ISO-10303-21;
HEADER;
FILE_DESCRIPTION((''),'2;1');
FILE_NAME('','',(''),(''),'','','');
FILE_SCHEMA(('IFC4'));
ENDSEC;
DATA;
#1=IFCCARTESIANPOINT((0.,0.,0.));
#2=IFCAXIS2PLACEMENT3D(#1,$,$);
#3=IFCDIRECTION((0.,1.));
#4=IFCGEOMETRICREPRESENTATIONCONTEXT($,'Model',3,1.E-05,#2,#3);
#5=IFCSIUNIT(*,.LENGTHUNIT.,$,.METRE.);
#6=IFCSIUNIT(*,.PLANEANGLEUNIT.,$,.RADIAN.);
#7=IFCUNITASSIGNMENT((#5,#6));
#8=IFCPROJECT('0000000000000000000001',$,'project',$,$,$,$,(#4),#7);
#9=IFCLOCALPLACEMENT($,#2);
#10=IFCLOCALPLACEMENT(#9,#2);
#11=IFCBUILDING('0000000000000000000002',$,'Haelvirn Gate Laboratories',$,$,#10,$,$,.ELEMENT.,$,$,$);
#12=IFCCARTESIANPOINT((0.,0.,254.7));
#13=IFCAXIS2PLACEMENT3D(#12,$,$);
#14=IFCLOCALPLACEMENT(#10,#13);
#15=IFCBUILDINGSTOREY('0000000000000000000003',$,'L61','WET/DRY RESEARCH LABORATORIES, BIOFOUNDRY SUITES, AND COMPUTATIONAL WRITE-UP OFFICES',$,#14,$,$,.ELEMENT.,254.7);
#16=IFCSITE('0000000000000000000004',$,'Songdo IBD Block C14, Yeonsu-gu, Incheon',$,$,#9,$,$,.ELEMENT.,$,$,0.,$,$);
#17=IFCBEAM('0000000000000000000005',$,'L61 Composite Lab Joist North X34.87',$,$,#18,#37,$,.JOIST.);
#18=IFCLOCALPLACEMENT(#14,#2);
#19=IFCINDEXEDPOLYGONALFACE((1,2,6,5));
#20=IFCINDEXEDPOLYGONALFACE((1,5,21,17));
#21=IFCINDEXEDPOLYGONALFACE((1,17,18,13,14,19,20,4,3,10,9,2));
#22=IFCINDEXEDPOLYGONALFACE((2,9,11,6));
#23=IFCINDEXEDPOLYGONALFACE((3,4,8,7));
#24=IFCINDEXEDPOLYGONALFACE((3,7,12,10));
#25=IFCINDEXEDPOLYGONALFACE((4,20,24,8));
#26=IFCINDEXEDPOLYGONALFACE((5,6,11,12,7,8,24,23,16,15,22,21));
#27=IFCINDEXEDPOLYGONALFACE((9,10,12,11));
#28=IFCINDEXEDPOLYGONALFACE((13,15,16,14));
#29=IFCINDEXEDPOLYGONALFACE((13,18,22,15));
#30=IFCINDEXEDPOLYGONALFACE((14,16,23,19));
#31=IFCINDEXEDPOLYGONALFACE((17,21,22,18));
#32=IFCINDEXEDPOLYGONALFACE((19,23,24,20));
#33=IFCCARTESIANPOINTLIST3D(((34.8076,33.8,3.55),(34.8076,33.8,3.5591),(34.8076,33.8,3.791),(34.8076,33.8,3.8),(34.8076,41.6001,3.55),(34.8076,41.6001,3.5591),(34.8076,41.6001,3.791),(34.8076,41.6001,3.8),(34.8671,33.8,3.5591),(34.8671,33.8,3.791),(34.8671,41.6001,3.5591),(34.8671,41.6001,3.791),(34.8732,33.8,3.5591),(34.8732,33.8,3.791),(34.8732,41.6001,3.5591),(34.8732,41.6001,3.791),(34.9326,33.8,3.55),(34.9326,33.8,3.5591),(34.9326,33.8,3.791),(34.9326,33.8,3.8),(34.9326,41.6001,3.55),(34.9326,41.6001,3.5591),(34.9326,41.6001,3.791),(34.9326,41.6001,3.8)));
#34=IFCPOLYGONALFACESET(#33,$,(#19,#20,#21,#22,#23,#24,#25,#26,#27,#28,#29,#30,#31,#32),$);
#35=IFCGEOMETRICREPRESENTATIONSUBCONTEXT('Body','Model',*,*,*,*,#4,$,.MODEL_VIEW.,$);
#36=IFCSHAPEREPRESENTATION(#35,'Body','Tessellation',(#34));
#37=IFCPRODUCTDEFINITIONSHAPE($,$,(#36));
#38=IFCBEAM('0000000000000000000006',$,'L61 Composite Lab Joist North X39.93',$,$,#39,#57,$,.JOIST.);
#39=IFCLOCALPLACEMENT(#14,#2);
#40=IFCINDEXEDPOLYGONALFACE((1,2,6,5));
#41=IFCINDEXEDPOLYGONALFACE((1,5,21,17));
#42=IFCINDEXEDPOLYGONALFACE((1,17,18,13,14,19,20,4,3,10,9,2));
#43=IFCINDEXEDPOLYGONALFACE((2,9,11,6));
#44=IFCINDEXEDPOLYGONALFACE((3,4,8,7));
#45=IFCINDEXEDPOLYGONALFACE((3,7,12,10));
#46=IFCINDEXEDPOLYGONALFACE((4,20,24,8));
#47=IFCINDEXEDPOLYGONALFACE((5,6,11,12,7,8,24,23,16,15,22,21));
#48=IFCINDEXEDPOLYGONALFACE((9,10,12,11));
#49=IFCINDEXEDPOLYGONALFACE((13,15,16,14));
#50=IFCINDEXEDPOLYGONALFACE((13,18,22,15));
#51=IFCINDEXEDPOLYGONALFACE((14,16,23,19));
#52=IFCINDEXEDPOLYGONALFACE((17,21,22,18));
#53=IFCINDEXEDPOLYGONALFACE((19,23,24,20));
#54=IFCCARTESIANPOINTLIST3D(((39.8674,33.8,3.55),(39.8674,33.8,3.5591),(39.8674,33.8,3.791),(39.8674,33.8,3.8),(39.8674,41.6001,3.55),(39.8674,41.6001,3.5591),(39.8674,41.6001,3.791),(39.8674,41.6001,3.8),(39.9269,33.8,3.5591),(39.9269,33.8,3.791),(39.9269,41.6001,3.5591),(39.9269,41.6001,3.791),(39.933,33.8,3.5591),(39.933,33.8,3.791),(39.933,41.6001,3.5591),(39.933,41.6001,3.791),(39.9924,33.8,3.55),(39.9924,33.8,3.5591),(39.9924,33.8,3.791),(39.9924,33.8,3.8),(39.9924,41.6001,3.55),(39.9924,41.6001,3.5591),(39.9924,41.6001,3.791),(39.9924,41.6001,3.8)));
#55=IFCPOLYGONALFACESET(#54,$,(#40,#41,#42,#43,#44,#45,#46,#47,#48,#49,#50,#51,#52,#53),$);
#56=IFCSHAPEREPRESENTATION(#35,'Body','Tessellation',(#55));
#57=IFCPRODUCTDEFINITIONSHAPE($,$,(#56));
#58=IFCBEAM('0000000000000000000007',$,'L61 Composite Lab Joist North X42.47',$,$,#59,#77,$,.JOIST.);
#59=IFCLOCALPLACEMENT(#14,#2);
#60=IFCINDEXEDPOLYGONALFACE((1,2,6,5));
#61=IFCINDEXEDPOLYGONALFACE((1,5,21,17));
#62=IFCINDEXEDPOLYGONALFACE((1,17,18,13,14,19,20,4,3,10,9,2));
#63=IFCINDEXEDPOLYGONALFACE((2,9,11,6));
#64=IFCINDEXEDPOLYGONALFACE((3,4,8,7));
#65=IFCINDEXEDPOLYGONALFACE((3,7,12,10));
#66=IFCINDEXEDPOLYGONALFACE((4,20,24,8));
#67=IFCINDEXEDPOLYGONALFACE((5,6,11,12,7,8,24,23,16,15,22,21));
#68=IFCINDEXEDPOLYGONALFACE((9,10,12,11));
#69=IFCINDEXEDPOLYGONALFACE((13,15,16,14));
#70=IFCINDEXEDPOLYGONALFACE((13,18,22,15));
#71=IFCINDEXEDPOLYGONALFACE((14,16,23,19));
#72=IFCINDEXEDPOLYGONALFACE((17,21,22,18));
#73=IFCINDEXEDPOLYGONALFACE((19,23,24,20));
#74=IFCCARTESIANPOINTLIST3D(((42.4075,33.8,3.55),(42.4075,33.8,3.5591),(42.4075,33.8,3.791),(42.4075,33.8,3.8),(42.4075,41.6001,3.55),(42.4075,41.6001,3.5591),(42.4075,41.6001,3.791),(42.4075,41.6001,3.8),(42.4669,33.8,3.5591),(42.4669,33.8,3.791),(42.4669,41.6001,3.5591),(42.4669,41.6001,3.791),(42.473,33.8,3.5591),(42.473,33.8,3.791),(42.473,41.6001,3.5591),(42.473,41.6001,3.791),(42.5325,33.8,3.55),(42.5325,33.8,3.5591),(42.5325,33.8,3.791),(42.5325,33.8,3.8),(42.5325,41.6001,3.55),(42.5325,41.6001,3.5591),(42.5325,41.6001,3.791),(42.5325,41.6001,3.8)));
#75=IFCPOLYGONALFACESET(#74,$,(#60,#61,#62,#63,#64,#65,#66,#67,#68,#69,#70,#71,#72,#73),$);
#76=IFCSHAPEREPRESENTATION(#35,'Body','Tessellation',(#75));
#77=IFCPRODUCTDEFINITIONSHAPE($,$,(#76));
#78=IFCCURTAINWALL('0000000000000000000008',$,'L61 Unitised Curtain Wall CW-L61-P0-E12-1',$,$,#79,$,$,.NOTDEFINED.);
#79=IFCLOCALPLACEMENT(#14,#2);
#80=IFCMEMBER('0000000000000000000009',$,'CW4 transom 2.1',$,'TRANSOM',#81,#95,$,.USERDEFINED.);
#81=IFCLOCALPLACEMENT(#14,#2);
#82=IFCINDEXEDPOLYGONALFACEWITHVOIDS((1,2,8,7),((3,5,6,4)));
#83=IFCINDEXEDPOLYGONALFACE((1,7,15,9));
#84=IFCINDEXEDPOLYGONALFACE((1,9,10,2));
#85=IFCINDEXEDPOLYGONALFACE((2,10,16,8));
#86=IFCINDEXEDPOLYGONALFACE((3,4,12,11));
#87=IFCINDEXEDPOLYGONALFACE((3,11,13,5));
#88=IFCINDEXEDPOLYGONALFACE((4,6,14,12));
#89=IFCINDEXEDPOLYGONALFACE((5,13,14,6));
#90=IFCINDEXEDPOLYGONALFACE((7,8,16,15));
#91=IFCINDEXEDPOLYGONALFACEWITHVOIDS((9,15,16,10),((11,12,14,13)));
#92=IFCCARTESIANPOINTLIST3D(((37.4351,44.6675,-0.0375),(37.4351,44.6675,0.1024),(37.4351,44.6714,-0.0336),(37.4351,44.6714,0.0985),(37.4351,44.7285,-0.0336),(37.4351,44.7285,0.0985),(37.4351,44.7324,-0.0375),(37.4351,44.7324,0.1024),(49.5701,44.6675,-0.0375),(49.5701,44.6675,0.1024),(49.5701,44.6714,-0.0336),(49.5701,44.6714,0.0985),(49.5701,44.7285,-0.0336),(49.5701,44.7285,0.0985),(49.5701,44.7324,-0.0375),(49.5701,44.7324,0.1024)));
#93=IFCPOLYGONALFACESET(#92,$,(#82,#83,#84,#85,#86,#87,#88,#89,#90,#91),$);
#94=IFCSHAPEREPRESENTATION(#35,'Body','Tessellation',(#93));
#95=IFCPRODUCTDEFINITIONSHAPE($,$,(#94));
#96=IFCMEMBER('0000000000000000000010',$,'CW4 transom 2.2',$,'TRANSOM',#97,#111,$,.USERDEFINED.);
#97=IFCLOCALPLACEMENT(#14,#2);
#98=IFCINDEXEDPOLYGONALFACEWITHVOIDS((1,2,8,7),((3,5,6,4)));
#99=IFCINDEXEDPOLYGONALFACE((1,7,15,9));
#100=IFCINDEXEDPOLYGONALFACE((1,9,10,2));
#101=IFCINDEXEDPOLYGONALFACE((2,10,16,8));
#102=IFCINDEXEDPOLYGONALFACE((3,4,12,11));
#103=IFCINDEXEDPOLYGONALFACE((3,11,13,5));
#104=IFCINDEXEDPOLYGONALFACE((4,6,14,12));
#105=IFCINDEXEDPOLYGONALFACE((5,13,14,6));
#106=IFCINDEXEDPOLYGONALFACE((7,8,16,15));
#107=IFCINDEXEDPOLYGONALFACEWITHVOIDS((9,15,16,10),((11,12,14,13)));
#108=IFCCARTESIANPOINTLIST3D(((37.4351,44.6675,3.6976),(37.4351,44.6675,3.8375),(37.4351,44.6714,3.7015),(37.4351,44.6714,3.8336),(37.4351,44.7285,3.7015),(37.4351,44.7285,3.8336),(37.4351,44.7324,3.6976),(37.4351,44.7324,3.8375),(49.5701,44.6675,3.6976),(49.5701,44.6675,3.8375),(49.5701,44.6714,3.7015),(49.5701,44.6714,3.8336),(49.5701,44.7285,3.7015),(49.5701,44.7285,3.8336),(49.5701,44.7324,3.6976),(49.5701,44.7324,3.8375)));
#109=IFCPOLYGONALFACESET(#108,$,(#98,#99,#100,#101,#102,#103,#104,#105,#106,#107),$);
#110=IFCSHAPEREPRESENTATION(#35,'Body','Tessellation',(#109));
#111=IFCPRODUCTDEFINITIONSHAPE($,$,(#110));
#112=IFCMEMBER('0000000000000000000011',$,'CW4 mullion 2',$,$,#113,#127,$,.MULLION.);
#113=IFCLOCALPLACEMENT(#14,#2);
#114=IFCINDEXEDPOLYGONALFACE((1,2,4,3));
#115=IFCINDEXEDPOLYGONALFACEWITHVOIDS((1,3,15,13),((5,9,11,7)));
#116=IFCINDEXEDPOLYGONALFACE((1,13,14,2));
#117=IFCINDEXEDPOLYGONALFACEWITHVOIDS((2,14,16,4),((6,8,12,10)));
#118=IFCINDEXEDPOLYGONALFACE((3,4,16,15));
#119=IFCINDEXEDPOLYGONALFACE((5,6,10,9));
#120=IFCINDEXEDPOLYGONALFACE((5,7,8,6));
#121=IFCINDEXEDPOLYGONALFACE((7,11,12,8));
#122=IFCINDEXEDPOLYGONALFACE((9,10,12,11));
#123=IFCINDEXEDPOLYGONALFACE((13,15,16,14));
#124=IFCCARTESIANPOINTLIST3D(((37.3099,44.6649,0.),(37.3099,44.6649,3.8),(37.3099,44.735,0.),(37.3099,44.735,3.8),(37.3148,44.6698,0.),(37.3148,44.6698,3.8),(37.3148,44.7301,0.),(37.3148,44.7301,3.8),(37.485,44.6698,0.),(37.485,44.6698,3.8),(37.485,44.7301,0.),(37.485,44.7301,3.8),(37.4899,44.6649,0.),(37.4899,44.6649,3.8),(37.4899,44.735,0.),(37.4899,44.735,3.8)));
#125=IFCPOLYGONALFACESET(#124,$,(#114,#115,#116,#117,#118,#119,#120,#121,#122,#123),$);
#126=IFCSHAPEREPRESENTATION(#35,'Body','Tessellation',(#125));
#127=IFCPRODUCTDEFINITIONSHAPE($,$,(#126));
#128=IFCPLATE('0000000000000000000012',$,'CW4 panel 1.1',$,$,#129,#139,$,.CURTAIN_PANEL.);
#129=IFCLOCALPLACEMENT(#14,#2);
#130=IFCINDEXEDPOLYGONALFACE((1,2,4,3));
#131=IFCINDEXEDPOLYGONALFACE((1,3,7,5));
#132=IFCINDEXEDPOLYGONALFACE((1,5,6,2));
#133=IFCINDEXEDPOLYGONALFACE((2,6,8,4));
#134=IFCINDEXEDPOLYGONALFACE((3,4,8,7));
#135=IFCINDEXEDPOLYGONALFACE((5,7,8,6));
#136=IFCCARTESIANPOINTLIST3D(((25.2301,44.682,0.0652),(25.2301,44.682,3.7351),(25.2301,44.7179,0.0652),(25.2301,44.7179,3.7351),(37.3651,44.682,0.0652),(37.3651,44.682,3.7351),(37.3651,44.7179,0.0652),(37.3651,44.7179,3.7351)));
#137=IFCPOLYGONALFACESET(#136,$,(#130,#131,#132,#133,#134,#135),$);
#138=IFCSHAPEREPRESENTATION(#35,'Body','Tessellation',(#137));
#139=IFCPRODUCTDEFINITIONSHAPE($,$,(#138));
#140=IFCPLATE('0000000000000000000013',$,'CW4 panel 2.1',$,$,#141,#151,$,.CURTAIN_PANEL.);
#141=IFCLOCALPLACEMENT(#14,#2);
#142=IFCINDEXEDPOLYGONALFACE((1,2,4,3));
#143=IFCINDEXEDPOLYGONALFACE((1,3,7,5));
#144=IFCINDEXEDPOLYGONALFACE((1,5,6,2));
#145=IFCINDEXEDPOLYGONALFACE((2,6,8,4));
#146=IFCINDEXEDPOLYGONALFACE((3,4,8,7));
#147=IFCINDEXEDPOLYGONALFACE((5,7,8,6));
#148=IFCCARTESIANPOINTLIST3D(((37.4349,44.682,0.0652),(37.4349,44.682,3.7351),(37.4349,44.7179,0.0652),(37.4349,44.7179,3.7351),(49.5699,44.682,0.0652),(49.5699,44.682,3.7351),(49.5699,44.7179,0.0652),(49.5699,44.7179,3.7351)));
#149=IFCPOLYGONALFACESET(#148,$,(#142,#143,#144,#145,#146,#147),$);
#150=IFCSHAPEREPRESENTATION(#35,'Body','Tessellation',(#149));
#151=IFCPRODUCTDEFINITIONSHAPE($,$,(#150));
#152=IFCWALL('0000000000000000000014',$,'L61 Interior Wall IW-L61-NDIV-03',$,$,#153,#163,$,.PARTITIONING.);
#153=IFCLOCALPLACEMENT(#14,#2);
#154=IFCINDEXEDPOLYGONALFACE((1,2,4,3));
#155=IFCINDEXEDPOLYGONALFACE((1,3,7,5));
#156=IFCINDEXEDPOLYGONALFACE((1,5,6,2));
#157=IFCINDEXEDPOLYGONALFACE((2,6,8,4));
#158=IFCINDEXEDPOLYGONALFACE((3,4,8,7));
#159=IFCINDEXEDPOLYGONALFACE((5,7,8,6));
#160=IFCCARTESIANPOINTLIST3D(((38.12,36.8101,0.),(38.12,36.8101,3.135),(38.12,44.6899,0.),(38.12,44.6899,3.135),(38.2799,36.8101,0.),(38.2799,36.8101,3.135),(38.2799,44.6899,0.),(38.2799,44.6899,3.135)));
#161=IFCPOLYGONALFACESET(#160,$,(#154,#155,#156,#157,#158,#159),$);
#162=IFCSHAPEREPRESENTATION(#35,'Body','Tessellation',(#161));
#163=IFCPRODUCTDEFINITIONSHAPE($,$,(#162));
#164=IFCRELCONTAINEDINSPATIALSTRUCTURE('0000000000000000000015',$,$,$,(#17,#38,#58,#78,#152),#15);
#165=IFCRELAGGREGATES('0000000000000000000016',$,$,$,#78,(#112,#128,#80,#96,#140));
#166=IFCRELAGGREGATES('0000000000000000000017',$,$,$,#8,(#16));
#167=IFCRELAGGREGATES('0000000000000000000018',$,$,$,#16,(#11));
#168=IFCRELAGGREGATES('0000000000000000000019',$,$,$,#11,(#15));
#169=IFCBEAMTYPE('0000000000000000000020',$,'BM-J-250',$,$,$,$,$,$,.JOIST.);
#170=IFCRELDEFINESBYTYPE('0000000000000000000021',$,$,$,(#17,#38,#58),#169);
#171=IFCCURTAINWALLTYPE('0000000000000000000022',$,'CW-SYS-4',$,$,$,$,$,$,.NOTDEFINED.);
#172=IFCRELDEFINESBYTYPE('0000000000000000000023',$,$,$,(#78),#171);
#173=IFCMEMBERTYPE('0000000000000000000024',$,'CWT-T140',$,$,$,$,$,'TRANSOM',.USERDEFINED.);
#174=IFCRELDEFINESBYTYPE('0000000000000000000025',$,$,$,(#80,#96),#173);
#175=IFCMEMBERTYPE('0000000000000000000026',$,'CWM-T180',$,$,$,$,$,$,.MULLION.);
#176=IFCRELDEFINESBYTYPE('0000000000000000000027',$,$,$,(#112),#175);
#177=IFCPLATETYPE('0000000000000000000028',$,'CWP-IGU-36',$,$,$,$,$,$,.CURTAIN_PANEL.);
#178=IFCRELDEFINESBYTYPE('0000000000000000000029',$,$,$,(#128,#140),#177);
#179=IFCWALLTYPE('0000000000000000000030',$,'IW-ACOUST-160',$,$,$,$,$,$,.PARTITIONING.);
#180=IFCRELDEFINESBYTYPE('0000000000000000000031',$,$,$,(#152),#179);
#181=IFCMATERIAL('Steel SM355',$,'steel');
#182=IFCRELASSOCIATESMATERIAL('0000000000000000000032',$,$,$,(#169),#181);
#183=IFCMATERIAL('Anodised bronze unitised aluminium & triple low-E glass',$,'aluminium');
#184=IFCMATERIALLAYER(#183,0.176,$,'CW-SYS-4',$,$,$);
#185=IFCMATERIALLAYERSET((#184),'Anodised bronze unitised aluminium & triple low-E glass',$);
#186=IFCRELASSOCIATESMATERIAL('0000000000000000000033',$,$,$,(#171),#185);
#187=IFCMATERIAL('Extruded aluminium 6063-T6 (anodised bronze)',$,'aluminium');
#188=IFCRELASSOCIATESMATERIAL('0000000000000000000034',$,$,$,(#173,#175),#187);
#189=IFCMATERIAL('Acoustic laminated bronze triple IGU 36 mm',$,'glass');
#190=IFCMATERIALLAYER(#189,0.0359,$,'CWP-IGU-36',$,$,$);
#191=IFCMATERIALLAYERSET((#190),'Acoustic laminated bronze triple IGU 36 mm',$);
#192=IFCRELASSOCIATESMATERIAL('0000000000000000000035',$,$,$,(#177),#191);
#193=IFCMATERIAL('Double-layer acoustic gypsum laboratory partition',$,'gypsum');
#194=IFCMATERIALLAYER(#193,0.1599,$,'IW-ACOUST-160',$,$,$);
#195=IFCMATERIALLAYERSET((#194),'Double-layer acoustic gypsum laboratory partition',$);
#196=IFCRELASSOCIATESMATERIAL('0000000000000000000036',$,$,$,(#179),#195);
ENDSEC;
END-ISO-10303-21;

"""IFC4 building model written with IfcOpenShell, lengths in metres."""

from ifc_helpers import new_model, si_unit, direction, frame, frame_2d, origin, origin_2d, place, context, subcontext, project, spatial, rectangle, hollow_rectangle, i_section, extrude, source, transform, mapped, material, layer, layer_set, material_profile, profile_set, type_object, type_shapes, element, aggregate, save


model = new_model("IFC4")

# Units and contexts
model_context = context("Model", 3, precision=1e-05, world=origin(), true_north=direction((0.0, 1.0)))
body_context = subcontext(model_context, "Body", "Model", "MODEL_VIEW")
ifc_project = project(units=[si_unit("LENGTHUNIT", "METRE"), si_unit("PLANEANGLEUNIT", "RADIAN")], contexts=[model_context])

# Site, building, storey
site_placement = place(None, origin())
site = spatial("IfcSite", under=ifc_project, at=site_placement, Name="Songdo IBD Block C14, Yeonsu-gu, Incheon", CompositionType="ELEMENT", RefElevation=0.0)
building_placement = place(site_placement, origin())
building = spatial("IfcBuilding", under=site, at=building_placement, Name="Haelvirn Gate Laboratories", CompositionType="ELEMENT")
storey_placement = place(building_placement, frame((0.0, 0.0, 254.7)))
storey = spatial("IfcBuildingStorey", under=building, at=storey_placement, Name="L61", Description="WET/DRY RESEARCH LABORATORIES, BIOFOUNDRY SUITES, AND COMPUTATIONAL WRITE-UP OFFICES", CompositionType="ELEMENT", Elevation=254.7)

# Shared definitions
ifc_material_1 = material(Name="Steel SM355", Category="steel")

# Beams
ifc_material_profile_1 = material_profile(ifc_material_1, i_section(OverallWidth=0.125, OverallDepth=0.25, WebThickness=0.0061, FlangeThickness=0.009, at=origin_2d()), Name="H-250x125x6x9")
ifc_profile_set_1 = profile_set([ifc_material_profile_1], Name="Steel SM355")
beam_type_1 = type_object("IfcBeamType", Name="BM-J-250", PredefinedType="JOIST", material=ifc_profile_set_1)
shared_shape_1 = source(origin(), body_context, "Body", "SweptSolid", [
    extrude(i_section(OverallWidth=0.125, OverallDepth=0.25, WebThickness=0.0061, FlangeThickness=0.009, at=origin_2d()), origin(), (0.0, 0.0, 1.0), 7.8),
])
type_shapes(beam_type_1, [shared_shape_1])
for number, where, z_axis, x_axis, name in (
    (1, (34.8701, 33.8, 3.675), (0.0, 1.0, 0.0), (-1.0, 0.0, 0.0), "L61 Composite Lab Joist North X34.87"),
    (2, (39.9299, 33.8, 3.675), (0.0, 1.0, 0.0), (-1.0, 0.0, 0.0), "L61 Composite Lab Joist North X39.93"),
    (3, (42.47, 33.8, 3.675), (0.0, 1.0, 0.0), (-1.0, 0.0, 0.0), "L61 Composite Lab Joist North X42.47"),
):
    element("IfcBeam", number, at=place(storey_placement, frame(where, z_axis=z_axis, x_axis=x_axis)), inside=storey, type_object=beam_type_1, Name=name, PredefinedType="JOIST", context=body_context, shape_type="MappedRepresentation", body=[
        mapped(shared_shape_1, transform((0.0, 0.0, 0.0), scale=1.0)),
    ])

# Curtain wall, members, plates
ifc_material_2 = material(Name="Anodised bronze unitised aluminium & triple low-E glass", Category="aluminium")
ifc_layer_1 = layer(ifc_material_2, 0.176, Name="CW-SYS-4")
ifc_layer_set_1 = layer_set([ifc_layer_1], Name="Anodised bronze unitised aluminium & triple low-E glass")
curtain_wall_type = type_object("IfcCurtainWallType", Name="CW-SYS-4", PredefinedType="NOTDEFINED", material=ifc_layer_set_1)
curtain_wall_placement = place(storey_placement, origin())
curtain_wall = element("IfcCurtainWall", 4, at=curtain_wall_placement, inside=storey, type_object=curtain_wall_type, Name="L61 Unitised Curtain Wall CW-L61-P0-E12-1", PredefinedType="NOTDEFINED")
ifc_material_3 = material(Name="Extruded aluminium 6063-T6 (anodised bronze)", Category="aluminium")
ifc_material_profile_2 = material_profile(ifc_material_3, hollow_rectangle(XDim=0.0649, YDim=0.1399, WallThickness=0.0039, at=origin_2d()), Name="CWT-140x65x4")
ifc_profile_set_2 = profile_set([ifc_material_profile_2], Name="Extruded aluminium 6063-T6 (anodised bronze)")
member_type_1 = type_object("IfcMemberType", Name="CWT-T140", ElementType="TRANSOM", PredefinedType="USERDEFINED", material=ifc_profile_set_2)
shared_shape_2 = source(origin(), body_context, "Body", "SweptSolid", [
    extrude(hollow_rectangle(XDim=0.0649, YDim=0.1399, WallThickness=0.0039, at=origin_2d()), origin(), (0.0, 0.0, 1.0), 12.135),
])
type_shapes(member_type_1, [shared_shape_2])
member_1_placement = place(storey_placement, frame((37.4351, 44.7, 0.0325), z_axis=(1.0, 0.0, 0.0), x_axis=(0.0, 1.0, 0.0)))
member_1 = element("IfcMember", 5, at=member_1_placement, type_object=member_type_1, Name="CW4 transom 2.1", ObjectType="TRANSOM", PredefinedType="USERDEFINED", context=body_context, shape_type="MappedRepresentation", body=[
    mapped(shared_shape_2, transform((0.0, 0.0, 0.0), scale=1.0)),
])
member_2_placement = place(storey_placement, frame((37.4351, 44.7, 3.7676), z_axis=(1.0, 0.0, 0.0), x_axis=(0.0, 1.0, 0.0)))
member_2 = element("IfcMember", 6, at=member_2_placement, type_object=member_type_1, Name="CW4 transom 2.2", ObjectType="TRANSOM", PredefinedType="USERDEFINED", context=body_context, shape_type="MappedRepresentation", body=[
    mapped(shared_shape_2, transform((0.0, 0.0, 0.0), scale=1.0)),
])
ifc_material_profile_3 = material_profile(ifc_material_3, hollow_rectangle(XDim=0.0701, YDim=0.1799, WallThickness=0.0049, at=origin_2d()), Name="CWM-180x70x5")
ifc_profile_set_3 = profile_set([ifc_material_profile_3], Name="Extruded aluminium 6063-T6 (anodised bronze)")
member_type_2 = type_object("IfcMemberType", Name="CWM-T180", PredefinedType="MULLION", material=ifc_profile_set_3)
shared_shape_3 = source(origin(), body_context, "Body", "SweptSolid", [
    extrude(hollow_rectangle(XDim=0.0701, YDim=0.1799, WallThickness=0.0049, at=origin_2d()), origin(), (0.0, 0.0, 1.0), 3.8),
])
type_shapes(member_type_2, [shared_shape_3])
member_3_placement = place(storey_placement, frame((37.3999, 44.7, 0.0), z_axis=(0.0, 0.0, 1.0), x_axis=(0.0, 1.0, 0.0)))
member_3 = element("IfcMember", 7, at=member_3_placement, type_object=member_type_2, Name="CW4 mullion 2", PredefinedType="MULLION", context=body_context, shape_type="MappedRepresentation", body=[
    mapped(shared_shape_3, transform((0.0, 0.0, 0.0), scale=1.0)),
])
ifc_material_4 = material(Name="Acoustic laminated bronze triple IGU 36 mm", Category="glass")
ifc_layer_2 = layer(ifc_material_4, 0.0359, Name="CWP-IGU-36")
ifc_layer_set_2 = layer_set([ifc_layer_2], Name="Acoustic laminated bronze triple IGU 36 mm")
plate_type = type_object("IfcPlateType", Name="CWP-IGU-36", PredefinedType="CURTAIN_PANEL", material=ifc_layer_set_2)
shared_shape_4 = source(origin(), body_context, "Body", "SweptSolid", [
    extrude(rectangle(XDim=12.135, YDim=0.0359, at=origin_2d()), origin(), (0.0, 0.0, 1.0), 3.6699),
])
type_shapes(plate_type, [shared_shape_4])
plate_1_placement = place(storey_placement, frame((31.2976, 44.7, 0.0652), z_axis=(0.0, 0.0, 1.0), x_axis=(1.0, 0.0, 0.0)))
plate_1 = element("IfcPlate", 8, at=plate_1_placement, type_object=plate_type, Name="CW4 panel 1.1", PredefinedType="CURTAIN_PANEL", context=body_context, shape_type="MappedRepresentation", body=[
    mapped(shared_shape_4, transform((0.0, 0.0, 0.0), scale=1.0)),
])
plate_2_placement = place(storey_placement, frame((43.5024, 44.7, 0.0652), z_axis=(0.0, 0.0, 1.0), x_axis=(1.0, 0.0, 0.0)))
plate_2 = element("IfcPlate", 9, at=plate_2_placement, type_object=plate_type, Name="CW4 panel 2.1", PredefinedType="CURTAIN_PANEL", context=body_context, shape_type="MappedRepresentation", body=[
    mapped(shared_shape_4, transform((0.0, 0.0, 0.0), scale=1.0)),
])
aggregate(curtain_wall, [member_3, plate_1, member_1, member_2, plate_2])

# Wall
ifc_material_5 = material(Name="Double-layer acoustic gypsum laboratory partition", Category="gypsum")
ifc_layer_3 = layer(ifc_material_5, 0.1599, Name="IW-ACOUST-160")
ifc_layer_set_3 = layer_set([ifc_layer_3], Name="Double-layer acoustic gypsum laboratory partition")
wall_type_1 = type_object("IfcWallType", Name="IW-ACOUST-160", PredefinedType="PARTITIONING", material=ifc_layer_set_3)
wall_1_placement = place(storey_placement, frame((38.2, 36.8101, 0.0), z_axis=(0.0, 0.0, 1.0), x_axis=(0.0, 1.0, 0.0)))
element("IfcWall", 10, at=wall_1_placement, inside=storey, type_object=wall_type_1, Name="L61 Interior Wall IW-L61-NDIV-03", PredefinedType="PARTITIONING", context=body_context, shape_type="SweptSolid", body=[
    extrude(rectangle(XDim=7.8799, YDim=0.1599, at=frame_2d((3.9399, 0.0))), origin(), (0.0, 0.0, 1.0), 3.135),
])

save(model, "model.ifc")
